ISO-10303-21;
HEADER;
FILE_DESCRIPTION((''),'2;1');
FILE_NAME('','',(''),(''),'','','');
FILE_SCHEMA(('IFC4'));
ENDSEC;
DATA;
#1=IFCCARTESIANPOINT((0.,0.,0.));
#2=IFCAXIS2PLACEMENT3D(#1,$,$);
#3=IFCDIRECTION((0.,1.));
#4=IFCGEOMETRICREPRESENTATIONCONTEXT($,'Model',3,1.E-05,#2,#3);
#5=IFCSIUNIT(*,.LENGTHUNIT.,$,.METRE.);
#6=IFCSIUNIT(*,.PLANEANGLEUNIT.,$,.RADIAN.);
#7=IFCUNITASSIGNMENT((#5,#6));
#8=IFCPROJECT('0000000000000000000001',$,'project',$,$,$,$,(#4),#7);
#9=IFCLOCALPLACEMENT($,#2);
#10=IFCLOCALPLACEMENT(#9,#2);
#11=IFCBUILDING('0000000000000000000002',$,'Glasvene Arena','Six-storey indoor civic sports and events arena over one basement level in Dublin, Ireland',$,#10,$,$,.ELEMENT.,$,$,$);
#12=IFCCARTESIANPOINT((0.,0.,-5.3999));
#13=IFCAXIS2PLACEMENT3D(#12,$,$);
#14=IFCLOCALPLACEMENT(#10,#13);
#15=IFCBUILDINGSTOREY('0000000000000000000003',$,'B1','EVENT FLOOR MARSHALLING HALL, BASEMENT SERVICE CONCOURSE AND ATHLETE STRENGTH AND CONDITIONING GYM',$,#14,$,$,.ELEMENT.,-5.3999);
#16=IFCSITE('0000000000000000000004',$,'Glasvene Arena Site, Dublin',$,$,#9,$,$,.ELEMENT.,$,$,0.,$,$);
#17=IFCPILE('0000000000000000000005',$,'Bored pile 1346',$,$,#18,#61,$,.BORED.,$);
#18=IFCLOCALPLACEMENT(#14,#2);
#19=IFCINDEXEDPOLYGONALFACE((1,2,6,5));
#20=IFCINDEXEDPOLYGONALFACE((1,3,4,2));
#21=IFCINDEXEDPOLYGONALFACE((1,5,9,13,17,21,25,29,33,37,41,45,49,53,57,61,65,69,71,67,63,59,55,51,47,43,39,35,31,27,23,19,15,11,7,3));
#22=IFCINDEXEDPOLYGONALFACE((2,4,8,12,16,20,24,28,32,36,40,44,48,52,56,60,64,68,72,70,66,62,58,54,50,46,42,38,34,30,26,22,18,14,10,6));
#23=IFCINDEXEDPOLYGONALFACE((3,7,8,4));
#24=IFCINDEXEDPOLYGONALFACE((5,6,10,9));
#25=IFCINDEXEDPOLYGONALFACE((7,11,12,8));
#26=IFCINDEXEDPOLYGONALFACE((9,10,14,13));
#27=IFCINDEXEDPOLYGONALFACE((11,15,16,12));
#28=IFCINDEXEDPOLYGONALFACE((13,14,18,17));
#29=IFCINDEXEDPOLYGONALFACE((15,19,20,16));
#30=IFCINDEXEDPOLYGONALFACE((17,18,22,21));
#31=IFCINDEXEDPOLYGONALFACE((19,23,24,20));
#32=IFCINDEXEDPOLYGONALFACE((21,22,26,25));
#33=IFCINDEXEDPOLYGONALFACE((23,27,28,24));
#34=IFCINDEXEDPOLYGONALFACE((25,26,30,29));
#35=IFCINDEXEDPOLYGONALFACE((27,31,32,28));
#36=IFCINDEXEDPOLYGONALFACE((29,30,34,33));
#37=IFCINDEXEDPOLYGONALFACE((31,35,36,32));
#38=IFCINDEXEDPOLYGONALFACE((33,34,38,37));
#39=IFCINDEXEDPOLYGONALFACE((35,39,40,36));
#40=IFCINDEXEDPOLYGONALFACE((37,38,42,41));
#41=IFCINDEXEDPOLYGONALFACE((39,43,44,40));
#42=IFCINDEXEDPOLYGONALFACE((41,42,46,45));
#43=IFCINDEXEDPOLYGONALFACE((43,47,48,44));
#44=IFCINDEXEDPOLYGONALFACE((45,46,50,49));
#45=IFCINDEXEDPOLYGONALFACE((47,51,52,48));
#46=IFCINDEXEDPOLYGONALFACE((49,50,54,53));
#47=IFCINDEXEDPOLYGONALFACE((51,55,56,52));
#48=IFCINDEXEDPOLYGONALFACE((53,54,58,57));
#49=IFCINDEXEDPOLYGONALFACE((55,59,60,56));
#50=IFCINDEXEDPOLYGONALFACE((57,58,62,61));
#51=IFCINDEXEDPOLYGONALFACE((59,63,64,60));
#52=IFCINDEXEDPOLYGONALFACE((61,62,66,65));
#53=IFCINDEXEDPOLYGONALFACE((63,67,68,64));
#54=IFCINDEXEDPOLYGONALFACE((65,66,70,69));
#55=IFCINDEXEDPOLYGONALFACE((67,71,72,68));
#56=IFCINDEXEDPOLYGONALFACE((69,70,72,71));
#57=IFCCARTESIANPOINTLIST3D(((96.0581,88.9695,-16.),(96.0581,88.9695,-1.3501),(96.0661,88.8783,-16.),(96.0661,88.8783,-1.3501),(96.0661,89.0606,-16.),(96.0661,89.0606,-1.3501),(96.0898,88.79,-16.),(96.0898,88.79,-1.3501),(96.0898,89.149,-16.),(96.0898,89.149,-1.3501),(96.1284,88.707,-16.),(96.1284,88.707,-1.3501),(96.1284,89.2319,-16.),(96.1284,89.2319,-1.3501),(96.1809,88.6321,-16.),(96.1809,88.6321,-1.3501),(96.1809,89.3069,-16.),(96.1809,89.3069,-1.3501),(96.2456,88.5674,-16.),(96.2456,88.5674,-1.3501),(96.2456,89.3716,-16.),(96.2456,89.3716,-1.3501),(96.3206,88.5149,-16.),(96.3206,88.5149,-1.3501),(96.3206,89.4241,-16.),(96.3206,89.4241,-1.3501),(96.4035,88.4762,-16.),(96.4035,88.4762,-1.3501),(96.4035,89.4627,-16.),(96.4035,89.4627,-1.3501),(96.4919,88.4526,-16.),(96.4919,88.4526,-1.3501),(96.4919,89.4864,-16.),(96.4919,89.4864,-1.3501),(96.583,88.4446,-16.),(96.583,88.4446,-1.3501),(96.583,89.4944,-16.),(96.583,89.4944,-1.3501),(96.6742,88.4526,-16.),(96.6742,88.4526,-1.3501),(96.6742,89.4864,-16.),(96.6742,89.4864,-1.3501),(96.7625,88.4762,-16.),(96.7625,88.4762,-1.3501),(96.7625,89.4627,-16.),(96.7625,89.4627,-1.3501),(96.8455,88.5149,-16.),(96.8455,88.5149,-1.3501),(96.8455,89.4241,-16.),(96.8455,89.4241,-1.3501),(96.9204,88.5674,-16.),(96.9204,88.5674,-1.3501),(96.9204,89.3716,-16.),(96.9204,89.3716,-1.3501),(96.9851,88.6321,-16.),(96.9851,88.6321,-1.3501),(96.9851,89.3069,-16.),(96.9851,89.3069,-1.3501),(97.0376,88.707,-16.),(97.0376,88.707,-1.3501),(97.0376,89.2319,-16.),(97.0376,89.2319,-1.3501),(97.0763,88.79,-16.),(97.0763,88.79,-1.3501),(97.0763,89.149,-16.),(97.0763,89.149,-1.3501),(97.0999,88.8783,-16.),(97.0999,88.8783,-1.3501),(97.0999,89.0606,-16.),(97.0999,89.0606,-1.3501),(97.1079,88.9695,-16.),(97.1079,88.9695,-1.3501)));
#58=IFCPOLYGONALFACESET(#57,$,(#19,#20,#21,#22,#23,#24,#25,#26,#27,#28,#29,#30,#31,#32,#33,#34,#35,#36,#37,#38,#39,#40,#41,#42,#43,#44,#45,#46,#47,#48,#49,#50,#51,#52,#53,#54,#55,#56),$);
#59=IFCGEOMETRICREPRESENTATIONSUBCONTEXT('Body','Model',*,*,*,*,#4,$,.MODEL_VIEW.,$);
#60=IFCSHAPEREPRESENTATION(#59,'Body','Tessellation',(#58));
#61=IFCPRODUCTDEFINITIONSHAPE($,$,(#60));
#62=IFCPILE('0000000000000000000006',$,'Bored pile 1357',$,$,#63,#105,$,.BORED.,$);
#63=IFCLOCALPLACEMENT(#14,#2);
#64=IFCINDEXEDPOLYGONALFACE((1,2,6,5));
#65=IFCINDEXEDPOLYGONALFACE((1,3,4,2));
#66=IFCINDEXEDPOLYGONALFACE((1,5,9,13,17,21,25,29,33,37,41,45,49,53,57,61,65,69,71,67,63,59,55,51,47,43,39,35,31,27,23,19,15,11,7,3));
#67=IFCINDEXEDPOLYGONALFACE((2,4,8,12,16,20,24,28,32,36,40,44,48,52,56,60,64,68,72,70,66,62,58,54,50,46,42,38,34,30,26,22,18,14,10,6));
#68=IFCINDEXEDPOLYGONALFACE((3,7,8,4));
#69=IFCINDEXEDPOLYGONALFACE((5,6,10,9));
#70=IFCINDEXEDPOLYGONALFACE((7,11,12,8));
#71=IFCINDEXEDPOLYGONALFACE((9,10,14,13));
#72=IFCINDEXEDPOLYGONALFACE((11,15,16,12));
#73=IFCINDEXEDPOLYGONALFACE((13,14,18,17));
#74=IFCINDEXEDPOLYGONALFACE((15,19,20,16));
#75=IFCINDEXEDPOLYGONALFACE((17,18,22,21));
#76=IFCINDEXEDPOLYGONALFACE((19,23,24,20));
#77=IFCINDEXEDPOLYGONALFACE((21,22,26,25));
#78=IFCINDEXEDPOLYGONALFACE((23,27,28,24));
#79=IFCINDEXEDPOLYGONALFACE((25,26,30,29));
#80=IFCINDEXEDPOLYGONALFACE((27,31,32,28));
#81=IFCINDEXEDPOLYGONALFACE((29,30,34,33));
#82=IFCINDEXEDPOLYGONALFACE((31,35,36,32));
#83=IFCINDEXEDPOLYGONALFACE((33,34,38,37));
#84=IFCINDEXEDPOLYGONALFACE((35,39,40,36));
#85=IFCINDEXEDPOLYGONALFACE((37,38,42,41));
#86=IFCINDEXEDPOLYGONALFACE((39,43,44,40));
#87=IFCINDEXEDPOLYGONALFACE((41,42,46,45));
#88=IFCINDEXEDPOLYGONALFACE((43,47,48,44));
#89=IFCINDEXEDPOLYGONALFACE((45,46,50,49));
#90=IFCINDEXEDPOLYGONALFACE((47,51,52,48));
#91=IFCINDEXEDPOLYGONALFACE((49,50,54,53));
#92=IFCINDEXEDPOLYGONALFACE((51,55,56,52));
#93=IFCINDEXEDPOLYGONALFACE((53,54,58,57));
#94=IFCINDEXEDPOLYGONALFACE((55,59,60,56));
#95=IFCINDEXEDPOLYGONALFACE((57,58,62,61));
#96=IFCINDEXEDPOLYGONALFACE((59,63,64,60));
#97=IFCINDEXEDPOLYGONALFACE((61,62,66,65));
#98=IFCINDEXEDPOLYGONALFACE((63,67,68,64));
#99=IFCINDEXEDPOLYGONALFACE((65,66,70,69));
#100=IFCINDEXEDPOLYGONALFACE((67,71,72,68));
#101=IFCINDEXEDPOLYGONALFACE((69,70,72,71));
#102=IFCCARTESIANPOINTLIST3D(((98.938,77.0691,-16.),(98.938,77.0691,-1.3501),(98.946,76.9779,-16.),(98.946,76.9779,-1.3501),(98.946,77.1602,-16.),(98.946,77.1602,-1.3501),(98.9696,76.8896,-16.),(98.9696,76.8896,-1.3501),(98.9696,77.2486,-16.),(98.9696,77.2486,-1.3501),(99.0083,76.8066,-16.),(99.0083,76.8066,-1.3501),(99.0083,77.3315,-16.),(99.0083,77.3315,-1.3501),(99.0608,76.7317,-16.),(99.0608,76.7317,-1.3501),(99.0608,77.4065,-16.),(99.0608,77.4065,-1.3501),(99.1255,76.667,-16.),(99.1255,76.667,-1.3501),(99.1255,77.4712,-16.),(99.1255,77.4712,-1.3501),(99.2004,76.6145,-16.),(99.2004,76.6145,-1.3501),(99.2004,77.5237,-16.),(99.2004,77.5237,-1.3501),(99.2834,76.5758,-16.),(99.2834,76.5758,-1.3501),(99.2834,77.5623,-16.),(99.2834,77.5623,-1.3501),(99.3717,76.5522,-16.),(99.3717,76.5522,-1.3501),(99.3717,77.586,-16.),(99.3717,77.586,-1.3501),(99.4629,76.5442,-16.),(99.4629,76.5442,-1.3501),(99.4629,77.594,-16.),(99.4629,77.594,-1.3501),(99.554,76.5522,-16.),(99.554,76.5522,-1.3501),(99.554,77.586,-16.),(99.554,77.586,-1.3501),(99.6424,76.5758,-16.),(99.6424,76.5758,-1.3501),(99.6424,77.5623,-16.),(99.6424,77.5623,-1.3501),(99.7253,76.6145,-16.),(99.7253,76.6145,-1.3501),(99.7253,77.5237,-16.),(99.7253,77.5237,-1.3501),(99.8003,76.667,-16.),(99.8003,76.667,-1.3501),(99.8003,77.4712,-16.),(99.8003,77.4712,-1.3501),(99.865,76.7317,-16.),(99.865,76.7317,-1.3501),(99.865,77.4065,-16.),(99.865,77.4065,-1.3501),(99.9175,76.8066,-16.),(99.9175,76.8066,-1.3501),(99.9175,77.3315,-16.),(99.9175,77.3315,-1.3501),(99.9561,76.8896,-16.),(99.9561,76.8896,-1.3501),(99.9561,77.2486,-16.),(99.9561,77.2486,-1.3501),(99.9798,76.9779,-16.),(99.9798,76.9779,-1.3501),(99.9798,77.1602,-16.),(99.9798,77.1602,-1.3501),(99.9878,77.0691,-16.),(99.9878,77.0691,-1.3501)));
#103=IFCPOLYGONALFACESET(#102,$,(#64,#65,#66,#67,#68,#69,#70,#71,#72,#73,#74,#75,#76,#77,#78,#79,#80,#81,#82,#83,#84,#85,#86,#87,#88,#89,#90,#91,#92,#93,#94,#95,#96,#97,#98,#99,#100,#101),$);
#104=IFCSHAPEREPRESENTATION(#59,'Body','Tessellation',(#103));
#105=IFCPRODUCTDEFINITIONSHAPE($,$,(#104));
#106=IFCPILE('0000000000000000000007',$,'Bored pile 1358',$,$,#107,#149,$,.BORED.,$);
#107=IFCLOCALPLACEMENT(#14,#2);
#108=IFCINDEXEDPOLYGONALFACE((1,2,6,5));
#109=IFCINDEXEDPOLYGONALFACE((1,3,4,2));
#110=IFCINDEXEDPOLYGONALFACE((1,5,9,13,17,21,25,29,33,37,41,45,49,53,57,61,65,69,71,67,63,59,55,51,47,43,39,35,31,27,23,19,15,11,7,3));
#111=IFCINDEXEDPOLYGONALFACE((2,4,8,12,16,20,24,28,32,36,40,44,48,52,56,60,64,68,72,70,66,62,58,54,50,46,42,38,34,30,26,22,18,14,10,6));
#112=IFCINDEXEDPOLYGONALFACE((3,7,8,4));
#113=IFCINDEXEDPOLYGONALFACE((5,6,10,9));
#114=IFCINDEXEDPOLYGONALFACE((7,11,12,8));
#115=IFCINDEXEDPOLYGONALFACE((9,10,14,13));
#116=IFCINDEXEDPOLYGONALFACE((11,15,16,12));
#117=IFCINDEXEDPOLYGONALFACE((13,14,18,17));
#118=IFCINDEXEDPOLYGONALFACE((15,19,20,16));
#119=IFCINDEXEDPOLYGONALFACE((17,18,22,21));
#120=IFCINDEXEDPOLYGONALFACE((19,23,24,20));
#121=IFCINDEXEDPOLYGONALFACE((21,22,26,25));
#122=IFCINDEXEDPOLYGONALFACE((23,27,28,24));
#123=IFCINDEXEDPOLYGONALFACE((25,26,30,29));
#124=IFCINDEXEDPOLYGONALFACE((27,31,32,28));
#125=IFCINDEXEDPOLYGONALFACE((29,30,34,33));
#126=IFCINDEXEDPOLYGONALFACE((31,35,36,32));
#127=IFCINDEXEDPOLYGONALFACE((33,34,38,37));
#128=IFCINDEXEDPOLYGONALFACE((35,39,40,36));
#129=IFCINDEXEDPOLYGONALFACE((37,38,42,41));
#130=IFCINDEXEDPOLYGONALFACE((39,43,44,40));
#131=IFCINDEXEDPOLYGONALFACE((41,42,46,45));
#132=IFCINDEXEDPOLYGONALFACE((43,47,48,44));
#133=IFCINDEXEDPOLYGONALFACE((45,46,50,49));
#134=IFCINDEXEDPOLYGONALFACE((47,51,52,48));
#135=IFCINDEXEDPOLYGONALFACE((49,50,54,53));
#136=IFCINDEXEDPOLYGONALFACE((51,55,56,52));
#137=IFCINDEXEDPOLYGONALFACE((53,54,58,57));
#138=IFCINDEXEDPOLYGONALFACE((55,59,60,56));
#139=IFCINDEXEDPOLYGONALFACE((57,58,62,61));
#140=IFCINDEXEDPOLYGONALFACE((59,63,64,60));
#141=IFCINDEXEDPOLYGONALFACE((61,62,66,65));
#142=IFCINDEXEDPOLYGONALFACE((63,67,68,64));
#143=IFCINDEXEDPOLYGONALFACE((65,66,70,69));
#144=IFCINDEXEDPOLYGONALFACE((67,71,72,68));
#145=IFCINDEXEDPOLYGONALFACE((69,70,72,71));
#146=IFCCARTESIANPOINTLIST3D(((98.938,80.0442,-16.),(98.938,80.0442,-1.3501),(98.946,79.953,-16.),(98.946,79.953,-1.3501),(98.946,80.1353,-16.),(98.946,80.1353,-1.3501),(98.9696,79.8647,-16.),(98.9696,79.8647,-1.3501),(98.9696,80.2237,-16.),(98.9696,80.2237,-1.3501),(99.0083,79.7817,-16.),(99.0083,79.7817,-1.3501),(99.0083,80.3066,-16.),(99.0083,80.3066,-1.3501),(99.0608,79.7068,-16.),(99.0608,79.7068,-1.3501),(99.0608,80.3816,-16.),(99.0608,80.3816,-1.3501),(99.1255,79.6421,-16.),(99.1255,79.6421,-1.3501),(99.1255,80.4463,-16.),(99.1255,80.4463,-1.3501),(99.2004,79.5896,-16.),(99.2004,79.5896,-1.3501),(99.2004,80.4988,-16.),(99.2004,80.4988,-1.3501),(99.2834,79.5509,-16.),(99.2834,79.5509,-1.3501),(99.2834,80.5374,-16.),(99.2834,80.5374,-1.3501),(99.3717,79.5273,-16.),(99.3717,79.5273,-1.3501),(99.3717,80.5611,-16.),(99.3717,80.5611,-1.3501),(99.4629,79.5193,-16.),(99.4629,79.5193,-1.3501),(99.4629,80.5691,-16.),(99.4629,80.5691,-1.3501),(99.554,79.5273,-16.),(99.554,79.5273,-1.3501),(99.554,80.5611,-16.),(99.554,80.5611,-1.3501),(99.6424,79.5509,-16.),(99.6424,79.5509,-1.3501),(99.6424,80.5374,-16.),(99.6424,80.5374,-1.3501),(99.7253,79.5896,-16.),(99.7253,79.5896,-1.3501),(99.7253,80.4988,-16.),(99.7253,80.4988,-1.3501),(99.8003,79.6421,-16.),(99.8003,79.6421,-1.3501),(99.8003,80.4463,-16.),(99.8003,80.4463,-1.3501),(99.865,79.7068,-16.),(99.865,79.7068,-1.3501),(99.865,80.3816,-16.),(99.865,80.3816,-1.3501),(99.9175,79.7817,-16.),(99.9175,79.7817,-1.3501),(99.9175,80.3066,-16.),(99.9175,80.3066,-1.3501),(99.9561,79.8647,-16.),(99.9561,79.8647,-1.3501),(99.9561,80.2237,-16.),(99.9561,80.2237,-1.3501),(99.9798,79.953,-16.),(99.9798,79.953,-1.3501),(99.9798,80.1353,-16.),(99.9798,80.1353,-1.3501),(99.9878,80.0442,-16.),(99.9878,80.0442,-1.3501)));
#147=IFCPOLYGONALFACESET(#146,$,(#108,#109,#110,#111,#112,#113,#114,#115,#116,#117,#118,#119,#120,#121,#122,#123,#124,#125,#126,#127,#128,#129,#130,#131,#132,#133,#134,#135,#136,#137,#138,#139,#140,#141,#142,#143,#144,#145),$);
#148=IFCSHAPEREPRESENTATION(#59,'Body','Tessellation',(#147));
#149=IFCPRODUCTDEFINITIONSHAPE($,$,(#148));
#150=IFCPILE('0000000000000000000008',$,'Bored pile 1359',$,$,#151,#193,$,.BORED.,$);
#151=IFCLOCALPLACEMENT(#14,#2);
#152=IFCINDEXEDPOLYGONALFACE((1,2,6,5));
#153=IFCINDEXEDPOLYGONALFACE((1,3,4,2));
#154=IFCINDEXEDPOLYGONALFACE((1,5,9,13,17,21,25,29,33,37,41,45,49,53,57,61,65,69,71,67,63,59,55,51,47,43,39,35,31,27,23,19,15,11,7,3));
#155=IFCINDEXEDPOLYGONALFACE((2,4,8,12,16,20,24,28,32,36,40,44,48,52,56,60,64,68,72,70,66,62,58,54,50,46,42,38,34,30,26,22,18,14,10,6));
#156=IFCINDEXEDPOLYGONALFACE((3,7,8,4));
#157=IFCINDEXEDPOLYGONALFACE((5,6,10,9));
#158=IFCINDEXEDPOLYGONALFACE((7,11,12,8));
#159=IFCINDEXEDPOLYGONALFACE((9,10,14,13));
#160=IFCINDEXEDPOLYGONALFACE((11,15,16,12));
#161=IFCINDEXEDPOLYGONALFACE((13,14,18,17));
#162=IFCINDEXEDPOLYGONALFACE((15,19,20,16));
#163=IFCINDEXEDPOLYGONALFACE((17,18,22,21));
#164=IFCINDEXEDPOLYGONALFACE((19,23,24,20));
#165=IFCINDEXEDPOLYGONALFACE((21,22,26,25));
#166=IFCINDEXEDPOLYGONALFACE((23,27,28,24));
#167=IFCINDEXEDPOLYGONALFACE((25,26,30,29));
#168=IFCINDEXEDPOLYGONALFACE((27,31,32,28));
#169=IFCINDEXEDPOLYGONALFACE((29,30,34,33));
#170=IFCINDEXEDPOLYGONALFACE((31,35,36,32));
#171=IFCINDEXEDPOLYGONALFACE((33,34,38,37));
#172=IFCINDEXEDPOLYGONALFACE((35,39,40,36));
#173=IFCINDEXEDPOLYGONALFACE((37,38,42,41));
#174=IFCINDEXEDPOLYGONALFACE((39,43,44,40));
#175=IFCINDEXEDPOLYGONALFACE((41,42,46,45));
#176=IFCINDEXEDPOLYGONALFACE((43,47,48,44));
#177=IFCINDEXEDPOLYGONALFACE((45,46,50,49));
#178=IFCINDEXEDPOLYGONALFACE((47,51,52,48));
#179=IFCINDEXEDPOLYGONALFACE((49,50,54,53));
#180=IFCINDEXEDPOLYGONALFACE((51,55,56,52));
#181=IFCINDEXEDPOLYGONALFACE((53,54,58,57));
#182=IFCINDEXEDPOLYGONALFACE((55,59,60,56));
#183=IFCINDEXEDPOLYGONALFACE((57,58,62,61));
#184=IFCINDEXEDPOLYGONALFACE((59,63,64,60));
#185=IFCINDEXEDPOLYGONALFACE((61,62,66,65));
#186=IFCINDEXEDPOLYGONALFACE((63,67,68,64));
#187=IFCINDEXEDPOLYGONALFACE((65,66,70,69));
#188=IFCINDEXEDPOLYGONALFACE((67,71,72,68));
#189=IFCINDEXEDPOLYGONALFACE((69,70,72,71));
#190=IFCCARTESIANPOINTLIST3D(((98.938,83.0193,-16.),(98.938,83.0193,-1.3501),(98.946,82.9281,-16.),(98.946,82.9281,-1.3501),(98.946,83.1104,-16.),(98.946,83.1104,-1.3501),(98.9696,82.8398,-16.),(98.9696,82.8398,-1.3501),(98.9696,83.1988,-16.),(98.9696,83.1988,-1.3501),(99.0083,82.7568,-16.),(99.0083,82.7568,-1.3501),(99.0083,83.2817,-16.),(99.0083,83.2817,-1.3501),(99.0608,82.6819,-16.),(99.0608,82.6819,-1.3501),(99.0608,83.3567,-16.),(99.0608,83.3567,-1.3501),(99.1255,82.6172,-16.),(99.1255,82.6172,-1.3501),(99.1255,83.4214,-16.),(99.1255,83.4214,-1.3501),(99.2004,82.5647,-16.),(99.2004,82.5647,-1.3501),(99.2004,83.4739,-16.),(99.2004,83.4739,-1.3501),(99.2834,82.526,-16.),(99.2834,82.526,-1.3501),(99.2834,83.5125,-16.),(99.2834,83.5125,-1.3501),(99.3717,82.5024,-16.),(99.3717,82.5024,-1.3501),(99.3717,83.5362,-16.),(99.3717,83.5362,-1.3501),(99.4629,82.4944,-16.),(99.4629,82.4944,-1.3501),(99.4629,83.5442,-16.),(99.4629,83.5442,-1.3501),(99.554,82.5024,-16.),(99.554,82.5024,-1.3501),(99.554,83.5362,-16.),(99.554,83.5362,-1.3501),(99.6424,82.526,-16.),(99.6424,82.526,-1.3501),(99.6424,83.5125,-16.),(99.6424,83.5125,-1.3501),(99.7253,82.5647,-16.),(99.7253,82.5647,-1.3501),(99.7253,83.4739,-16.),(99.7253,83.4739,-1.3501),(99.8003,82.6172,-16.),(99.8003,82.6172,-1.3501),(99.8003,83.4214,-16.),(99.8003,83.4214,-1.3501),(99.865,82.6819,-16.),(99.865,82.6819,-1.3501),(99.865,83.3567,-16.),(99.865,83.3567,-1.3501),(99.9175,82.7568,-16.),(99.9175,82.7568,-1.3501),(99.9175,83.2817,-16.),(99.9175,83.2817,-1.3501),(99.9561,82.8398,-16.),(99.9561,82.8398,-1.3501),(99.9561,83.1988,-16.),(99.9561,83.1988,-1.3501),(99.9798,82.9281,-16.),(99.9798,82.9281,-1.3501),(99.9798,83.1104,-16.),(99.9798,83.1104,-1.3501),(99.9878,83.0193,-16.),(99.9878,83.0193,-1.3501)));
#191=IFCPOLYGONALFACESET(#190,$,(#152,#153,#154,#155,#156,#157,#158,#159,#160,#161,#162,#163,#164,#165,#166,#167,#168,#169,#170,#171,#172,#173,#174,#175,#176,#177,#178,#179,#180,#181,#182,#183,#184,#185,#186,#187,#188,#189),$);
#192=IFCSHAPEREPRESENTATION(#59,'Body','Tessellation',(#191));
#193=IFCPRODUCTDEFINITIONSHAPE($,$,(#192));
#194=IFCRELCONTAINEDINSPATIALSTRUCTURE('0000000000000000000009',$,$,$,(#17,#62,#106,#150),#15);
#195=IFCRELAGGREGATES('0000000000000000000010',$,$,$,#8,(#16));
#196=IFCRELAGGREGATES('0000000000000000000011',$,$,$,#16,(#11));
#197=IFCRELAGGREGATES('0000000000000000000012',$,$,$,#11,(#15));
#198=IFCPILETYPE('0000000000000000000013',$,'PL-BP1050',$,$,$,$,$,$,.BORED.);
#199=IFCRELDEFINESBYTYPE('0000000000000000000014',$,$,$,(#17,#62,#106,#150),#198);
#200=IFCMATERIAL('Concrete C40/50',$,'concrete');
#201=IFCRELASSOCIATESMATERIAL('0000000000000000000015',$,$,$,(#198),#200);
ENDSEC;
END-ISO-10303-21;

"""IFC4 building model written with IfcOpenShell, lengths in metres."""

from ifc_helpers import new_model, si_unit, direction, frame, origin, origin_2d, place, context, subcontext, project, spatial, circle, extrude, material, material_profile, profile_set, type_object, element, save


model = new_model("IFC4")

# Units and contexts
model_context = context("Model", 3, precision=1e-05, world=origin(), true_north=direction((0.0, 1.0)))
body_context = subcontext(model_context, "Body", "Model", "MODEL_VIEW")
ifc_project = project(units=[si_unit("LENGTHUNIT", "METRE"), si_unit("PLANEANGLEUNIT", "RADIAN")], contexts=[model_context])

# Site, building, storey
site_placement = place(None, origin())
site = spatial("IfcSite", under=ifc_project, at=site_placement, Name="Glasvene Arena Site, Dublin", CompositionType="ELEMENT", RefElevation=0.0)
building_placement = place(site_placement, origin())
building = spatial("IfcBuilding", under=site, at=building_placement, Name="Glasvene Arena", Description="Six-storey indoor civic sports and events arena over one basement level in Dublin, Ireland", CompositionType="ELEMENT")
storey_placement = place(building_placement, frame((0.0, 0.0, -5.3999)))
storey = spatial("IfcBuildingStorey", under=building, at=storey_placement, Name="B1", Description="EVENT FLOOR MARSHALLING HALL, BASEMENT SERVICE CONCOURSE AND ATHLETE STRENGTH AND CONDITIONING GYM", CompositionType="ELEMENT", Elevation=-5.3999)

# Shared definitions
ifc_material = material(Name="Concrete C40/50", Category="concrete")

# Piles
ifc_material_profile = material_profile(ifc_material, circle(Radius=0.5249, at=origin_2d()), Name="BORED PILE 1050")
ifc_profile_set = profile_set([ifc_material_profile], Name="Concrete C40/50")
pile_type = type_object("IfcPileType", Name="PL-BP1050", PredefinedType="BORED", material=ifc_profile_set)
for number, where, z_axis, x_axis, name in (
    (1, (96.583, 88.9695, -1.3501), (0.0, 0.0, -1.0), (1.0, 0.0, 0.0), "Bored pile 1346"),
    (2, (99.4629, 77.0691, -1.3501), (0.0, 0.0, -1.0), (1.0, 0.0, 0.0), "Bored pile 1357"),
    (3, (99.4629, 80.0442, -1.3501), (0.0, 0.0, -1.0), (1.0, 0.0, 0.0), "Bored pile 1358"),
    (4, (99.4629, 83.0193, -1.3501), (0.0, 0.0, -1.0), (1.0, 0.0, 0.0), "Bored pile 1359"),
):
    element("IfcPile", number, at=place(storey_placement, frame(where, z_axis=z_axis, x_axis=x_axis)), inside=storey, type_object=pile_type, Name=name, PredefinedType="BORED", context=body_context, shape_type="SweptSolid", body=[
        extrude(circle(Radius=0.5249, at=origin_2d()), origin(), (0.0, 0.0, 1.0), 14.6499),
    ])

save(model, "model.ifc")
